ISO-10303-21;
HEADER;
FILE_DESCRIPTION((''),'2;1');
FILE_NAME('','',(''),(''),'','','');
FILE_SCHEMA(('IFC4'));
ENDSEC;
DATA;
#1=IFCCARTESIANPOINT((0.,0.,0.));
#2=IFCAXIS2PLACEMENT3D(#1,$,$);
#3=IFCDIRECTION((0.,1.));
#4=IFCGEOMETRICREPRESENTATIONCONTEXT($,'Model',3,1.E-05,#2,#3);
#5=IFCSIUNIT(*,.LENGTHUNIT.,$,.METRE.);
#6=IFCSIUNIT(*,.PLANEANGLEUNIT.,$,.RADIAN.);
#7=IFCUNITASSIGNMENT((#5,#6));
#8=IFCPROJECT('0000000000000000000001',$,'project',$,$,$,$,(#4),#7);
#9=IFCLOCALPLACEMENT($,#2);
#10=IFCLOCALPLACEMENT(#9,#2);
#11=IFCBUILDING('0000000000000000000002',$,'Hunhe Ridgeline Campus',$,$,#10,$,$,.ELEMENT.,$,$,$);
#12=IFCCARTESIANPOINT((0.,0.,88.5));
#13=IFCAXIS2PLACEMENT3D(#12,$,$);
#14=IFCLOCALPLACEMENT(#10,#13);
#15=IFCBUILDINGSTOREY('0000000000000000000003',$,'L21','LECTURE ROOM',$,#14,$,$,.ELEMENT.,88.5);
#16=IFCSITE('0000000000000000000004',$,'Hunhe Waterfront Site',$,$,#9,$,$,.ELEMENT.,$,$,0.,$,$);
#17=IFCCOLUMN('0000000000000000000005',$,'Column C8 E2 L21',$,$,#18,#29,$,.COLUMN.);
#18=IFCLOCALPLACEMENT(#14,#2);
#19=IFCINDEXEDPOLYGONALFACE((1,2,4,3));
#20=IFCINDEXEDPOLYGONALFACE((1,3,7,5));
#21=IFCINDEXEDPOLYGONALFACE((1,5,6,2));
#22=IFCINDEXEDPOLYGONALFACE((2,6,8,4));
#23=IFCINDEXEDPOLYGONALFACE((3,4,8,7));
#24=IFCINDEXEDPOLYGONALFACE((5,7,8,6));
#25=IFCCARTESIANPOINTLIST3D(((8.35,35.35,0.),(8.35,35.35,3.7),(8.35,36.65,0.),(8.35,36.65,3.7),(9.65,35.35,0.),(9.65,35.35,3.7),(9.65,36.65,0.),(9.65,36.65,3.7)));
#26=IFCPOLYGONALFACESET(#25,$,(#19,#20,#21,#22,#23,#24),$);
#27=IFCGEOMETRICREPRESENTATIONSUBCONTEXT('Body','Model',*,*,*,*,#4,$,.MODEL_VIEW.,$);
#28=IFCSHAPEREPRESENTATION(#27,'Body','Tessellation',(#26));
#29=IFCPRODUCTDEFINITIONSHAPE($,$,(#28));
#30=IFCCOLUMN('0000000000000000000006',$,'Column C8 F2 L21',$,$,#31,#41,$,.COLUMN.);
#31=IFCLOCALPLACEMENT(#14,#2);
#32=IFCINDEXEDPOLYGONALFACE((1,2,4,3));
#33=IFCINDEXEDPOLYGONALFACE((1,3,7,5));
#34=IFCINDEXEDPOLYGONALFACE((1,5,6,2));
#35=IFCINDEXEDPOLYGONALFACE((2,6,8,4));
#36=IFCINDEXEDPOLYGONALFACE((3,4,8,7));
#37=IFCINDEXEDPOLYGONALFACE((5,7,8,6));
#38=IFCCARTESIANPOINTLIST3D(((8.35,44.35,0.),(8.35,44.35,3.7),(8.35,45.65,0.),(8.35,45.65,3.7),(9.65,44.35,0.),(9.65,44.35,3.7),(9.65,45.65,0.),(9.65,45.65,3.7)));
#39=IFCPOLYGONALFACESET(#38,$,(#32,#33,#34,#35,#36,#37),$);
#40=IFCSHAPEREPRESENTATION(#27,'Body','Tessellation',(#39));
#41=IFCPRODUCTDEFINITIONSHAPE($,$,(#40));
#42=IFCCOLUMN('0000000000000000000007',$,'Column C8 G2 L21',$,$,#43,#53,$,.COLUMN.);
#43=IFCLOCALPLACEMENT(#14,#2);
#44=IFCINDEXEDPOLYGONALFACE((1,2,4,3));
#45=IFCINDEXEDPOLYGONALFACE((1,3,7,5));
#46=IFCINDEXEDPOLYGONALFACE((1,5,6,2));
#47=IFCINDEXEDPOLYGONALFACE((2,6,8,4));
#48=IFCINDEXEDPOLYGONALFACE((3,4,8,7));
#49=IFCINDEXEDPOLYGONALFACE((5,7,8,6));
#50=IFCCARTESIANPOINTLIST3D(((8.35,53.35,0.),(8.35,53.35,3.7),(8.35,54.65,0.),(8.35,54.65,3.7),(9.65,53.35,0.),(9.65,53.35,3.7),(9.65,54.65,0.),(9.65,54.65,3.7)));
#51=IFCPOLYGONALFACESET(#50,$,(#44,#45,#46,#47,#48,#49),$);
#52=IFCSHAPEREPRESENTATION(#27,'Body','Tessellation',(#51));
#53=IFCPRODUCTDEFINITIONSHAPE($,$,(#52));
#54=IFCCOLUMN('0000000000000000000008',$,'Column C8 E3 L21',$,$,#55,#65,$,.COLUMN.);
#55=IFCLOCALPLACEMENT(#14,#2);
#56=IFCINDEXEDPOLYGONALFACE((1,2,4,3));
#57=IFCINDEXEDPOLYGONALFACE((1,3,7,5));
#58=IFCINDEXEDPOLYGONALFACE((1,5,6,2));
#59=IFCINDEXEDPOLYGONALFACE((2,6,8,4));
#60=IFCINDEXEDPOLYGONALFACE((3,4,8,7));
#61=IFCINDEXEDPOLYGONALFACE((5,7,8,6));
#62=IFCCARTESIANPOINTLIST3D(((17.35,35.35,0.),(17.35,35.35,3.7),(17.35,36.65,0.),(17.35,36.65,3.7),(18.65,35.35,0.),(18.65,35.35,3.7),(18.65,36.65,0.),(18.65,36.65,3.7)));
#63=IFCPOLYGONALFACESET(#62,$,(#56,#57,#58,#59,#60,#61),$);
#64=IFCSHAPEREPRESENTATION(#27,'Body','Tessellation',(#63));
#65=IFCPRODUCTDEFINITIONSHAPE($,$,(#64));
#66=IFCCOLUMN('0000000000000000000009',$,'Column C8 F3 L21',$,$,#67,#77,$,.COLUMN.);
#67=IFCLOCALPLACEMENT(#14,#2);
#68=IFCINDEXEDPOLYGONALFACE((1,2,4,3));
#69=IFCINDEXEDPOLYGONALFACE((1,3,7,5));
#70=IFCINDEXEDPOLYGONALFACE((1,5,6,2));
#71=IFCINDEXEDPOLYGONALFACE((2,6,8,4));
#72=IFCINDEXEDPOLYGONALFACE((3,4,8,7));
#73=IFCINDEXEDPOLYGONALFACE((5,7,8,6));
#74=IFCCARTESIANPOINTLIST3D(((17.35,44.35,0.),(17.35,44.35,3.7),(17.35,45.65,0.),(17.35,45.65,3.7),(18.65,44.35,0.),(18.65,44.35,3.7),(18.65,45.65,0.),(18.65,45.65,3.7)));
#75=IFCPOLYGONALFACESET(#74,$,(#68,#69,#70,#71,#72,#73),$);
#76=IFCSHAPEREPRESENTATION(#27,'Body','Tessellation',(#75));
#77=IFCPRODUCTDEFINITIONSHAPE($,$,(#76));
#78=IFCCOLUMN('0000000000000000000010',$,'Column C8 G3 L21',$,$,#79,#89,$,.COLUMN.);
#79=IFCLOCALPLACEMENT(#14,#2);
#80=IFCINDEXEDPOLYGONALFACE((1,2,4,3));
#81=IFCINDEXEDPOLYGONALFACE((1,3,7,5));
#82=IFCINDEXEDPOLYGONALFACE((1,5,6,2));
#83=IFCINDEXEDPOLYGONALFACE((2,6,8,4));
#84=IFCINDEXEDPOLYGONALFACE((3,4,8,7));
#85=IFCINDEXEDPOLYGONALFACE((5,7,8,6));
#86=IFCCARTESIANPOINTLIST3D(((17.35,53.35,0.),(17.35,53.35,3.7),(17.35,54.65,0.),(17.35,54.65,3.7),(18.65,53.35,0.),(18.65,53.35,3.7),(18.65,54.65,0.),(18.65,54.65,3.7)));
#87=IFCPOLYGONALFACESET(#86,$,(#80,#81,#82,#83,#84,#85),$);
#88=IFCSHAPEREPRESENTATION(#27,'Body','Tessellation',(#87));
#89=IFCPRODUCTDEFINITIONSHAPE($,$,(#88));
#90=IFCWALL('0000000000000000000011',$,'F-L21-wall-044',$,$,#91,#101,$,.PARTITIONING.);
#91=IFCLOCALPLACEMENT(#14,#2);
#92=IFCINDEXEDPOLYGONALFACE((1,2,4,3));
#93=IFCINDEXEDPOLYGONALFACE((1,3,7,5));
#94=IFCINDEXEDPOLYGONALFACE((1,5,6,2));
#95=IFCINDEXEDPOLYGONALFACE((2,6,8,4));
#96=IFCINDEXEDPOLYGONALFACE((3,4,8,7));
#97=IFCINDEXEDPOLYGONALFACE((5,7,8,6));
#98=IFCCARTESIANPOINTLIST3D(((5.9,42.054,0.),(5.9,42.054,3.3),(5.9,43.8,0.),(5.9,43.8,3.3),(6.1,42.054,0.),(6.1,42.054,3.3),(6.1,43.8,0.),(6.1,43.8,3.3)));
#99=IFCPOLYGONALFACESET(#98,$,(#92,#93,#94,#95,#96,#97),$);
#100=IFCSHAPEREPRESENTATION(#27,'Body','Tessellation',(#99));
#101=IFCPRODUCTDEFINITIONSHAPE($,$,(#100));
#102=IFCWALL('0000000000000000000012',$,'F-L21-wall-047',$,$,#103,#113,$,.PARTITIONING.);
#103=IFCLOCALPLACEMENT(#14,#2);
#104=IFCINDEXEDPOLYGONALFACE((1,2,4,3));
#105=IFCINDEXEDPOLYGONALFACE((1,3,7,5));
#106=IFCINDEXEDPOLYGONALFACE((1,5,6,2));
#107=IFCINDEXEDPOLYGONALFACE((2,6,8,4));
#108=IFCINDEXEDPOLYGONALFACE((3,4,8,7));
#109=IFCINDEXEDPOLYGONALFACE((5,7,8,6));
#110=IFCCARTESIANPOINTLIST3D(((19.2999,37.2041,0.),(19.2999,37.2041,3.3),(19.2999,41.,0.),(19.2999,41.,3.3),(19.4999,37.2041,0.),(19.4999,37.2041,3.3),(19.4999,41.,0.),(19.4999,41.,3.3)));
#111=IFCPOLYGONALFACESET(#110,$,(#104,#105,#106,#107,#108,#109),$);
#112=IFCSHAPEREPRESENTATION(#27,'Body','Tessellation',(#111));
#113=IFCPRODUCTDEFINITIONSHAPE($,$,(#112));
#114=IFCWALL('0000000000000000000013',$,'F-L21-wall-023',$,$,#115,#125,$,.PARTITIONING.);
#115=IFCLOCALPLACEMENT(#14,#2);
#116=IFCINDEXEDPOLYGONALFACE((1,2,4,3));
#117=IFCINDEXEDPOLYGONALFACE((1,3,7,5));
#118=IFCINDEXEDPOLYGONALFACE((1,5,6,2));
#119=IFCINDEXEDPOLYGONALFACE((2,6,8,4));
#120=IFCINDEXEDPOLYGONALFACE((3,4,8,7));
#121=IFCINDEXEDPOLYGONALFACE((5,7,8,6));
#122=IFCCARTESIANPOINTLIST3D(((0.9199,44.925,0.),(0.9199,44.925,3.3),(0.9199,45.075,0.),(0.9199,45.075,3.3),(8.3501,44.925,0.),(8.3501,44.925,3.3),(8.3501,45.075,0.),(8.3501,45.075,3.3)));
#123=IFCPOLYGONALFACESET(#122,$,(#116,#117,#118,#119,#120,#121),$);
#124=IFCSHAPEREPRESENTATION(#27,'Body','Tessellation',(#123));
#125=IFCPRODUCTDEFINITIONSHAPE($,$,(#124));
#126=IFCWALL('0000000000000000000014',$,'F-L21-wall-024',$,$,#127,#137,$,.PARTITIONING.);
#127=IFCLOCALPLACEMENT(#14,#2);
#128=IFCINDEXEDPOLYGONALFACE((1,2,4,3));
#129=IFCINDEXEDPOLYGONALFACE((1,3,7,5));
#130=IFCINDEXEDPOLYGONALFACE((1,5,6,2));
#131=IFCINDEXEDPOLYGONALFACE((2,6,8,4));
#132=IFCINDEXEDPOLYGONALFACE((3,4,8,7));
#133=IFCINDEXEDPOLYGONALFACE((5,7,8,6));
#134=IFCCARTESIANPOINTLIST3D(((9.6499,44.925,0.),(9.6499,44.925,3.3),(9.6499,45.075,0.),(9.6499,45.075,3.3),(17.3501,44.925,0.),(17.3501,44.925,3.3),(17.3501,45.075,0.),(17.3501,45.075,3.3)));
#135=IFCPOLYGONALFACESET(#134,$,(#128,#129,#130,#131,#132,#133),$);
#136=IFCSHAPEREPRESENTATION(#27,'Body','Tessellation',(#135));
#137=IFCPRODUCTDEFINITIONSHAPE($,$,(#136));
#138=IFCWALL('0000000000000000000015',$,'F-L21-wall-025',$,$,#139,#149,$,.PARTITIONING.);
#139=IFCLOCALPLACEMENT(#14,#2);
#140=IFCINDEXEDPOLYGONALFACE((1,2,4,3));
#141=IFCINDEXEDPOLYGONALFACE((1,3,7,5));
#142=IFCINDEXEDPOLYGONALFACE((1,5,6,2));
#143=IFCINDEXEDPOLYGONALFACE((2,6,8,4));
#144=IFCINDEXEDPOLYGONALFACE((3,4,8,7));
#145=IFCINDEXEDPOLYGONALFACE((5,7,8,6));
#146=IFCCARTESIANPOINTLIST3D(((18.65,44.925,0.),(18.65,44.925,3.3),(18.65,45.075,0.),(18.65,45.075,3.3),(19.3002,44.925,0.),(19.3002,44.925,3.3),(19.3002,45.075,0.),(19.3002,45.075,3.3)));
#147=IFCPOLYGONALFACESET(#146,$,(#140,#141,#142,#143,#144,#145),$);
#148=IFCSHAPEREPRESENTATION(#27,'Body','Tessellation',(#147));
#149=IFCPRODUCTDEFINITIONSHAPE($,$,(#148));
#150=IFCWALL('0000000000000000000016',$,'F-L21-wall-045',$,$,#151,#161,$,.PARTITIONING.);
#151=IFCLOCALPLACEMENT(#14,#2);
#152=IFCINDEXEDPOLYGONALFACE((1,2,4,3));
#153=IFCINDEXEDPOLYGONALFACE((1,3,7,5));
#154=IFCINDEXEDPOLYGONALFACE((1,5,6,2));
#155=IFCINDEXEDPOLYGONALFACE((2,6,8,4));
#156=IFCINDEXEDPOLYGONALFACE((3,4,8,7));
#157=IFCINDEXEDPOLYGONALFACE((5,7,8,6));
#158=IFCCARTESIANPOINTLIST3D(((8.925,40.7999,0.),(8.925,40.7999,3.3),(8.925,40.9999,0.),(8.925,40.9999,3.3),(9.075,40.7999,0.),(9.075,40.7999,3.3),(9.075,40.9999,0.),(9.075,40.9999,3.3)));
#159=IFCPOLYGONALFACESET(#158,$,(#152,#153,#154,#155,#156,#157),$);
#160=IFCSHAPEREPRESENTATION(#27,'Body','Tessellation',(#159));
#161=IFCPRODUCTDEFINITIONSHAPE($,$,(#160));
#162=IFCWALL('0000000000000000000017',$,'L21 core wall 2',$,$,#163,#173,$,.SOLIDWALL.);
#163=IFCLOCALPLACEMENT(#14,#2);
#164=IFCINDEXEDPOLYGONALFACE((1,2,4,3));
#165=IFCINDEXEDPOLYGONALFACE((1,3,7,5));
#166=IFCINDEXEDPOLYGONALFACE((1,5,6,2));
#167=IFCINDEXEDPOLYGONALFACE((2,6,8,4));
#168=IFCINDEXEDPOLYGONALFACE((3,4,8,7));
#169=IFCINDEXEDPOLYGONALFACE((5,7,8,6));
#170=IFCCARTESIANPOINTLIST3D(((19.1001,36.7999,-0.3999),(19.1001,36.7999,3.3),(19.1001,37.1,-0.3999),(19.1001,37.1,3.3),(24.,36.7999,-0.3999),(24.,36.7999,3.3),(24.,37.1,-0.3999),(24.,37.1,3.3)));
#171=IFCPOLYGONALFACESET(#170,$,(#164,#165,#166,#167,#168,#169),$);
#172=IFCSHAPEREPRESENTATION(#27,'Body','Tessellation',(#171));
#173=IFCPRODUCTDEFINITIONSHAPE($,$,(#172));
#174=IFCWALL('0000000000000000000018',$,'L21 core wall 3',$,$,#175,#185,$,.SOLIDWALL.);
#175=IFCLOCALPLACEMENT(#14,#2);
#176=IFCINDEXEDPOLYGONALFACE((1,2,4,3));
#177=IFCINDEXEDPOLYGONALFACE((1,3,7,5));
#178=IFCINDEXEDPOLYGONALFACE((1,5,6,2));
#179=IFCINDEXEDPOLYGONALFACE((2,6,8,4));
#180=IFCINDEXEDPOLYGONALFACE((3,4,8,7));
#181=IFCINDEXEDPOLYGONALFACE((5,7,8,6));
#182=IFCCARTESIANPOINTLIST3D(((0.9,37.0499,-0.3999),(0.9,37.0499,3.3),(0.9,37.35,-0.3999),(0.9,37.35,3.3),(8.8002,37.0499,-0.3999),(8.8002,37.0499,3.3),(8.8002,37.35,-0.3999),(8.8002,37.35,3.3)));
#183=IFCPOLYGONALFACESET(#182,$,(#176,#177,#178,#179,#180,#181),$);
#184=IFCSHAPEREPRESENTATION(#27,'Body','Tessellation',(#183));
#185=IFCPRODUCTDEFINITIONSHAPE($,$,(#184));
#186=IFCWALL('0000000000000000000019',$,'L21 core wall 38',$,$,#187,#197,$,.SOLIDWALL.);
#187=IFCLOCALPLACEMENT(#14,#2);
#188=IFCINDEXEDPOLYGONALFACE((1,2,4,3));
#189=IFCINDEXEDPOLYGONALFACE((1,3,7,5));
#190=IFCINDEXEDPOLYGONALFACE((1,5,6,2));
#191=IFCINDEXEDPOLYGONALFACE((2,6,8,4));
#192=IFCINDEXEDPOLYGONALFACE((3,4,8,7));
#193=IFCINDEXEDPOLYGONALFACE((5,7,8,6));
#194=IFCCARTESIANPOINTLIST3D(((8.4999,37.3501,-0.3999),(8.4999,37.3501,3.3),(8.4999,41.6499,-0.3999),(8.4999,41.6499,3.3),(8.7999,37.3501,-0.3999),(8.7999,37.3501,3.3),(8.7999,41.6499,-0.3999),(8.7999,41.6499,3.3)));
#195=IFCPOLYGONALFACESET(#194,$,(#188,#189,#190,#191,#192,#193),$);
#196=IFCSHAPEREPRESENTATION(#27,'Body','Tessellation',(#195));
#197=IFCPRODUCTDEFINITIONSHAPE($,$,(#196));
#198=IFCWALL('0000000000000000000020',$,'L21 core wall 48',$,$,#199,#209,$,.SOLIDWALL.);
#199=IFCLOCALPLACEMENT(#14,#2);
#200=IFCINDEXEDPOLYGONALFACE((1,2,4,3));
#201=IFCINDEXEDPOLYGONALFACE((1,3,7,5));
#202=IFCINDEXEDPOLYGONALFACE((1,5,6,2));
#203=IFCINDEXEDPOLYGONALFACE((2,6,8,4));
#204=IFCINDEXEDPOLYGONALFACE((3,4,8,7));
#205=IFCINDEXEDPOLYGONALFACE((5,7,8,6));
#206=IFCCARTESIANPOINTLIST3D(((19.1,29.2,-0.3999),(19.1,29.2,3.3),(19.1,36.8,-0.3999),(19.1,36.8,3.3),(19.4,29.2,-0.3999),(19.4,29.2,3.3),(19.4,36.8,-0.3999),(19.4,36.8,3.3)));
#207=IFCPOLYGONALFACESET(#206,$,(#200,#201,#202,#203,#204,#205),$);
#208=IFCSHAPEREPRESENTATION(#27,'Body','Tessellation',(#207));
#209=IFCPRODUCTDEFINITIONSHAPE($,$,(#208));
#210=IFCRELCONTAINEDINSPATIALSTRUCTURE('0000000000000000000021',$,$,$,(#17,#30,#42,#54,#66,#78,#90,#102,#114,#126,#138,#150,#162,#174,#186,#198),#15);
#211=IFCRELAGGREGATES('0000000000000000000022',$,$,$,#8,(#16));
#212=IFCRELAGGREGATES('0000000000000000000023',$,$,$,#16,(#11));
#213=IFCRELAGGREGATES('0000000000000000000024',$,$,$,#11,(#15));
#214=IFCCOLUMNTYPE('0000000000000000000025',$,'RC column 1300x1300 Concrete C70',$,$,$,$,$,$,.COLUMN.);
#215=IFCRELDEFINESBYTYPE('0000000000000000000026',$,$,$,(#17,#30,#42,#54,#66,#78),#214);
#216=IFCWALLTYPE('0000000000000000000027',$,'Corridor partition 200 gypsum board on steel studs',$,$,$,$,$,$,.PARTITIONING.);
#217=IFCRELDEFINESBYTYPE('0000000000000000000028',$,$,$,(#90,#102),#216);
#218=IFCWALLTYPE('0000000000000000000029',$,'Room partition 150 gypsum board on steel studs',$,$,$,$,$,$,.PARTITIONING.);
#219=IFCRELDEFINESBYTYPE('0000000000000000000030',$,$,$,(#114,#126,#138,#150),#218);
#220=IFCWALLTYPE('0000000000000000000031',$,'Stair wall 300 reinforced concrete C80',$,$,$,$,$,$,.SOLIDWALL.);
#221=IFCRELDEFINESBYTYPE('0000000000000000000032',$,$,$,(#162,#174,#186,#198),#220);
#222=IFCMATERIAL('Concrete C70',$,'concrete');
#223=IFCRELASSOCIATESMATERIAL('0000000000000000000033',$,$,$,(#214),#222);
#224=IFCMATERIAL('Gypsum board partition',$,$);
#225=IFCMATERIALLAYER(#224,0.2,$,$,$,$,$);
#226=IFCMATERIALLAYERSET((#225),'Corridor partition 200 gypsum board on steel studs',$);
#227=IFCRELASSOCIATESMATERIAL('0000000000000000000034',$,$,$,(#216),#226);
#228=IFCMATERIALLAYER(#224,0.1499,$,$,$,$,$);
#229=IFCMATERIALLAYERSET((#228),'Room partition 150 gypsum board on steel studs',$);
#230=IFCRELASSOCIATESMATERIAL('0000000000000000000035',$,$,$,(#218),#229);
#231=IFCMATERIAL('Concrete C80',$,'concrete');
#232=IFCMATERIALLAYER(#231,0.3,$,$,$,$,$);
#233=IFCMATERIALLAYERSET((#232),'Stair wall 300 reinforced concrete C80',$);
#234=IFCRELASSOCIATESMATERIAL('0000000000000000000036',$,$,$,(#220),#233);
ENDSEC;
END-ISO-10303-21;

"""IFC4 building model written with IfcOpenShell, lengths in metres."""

from ifc_helpers import new_model, si_unit, direction, frame, frame_2d, origin, origin_2d, place, context, subcontext, project, spatial, rectangle, extrude, material, layer, layer_set, material_profile, profile_set, type_object, element, save


model = new_model("IFC4")

# Units and contexts
model_context = context("Model", 3, precision=1e-05, world=origin(), true_north=direction((0.0, 1.0)))
body_context = subcontext(model_context, "Body", "Model", "MODEL_VIEW")
ifc_project = project(units=[si_unit("LENGTHUNIT", "METRE"), si_unit("PLANEANGLEUNIT", "RADIAN")], contexts=[model_context])

# Site, building, storey
site_placement = place(None, origin())
site = spatial("IfcSite", under=ifc_project, at=site_placement, Name="Hunhe Waterfront Site", CompositionType="ELEMENT", RefElevation=0.0)
building_placement = place(site_placement, origin())
building = spatial("IfcBuilding", under=site, at=building_placement, Name="Hunhe Ridgeline Campus", CompositionType="ELEMENT")
storey_placement = place(building_placement, frame((0.0, 0.0, 88.5)))
storey = spatial("IfcBuildingStorey", under=building, at=storey_placement, Name="L21", Description="LECTURE ROOM", CompositionType="ELEMENT", Elevation=88.5)

# Columns
ifc_material_1 = material(Name="Concrete C70", Category="concrete")
ifc_material_profile = material_profile(ifc_material_1, rectangle(XDim=1.3, YDim=1.3, at=origin_2d()))
ifc_profile_set = profile_set([ifc_material_profile], Name="Concrete C70")
column_type = type_object("IfcColumnType", Name="RC column 1300x1300 Concrete C70", PredefinedType="COLUMN", material=ifc_profile_set)
for number, where, z_axis, x_axis, name in (
    (1, (9.0, 36.0, 0.0), (0.0, 0.0, 1.0), (1.0, 0.0, 0.0), "Column C8 E2 L21"),
    (2, (9.0, 45.0, 0.0), (0.0, 0.0, 1.0), (1.0, 0.0, 0.0), "Column C8 F2 L21"),
    (3, (9.0, 54.0, 0.0), (0.0, 0.0, 1.0), (1.0, 0.0, 0.0), "Column C8 G2 L21"),
    (4, (18.0, 36.0, 0.0), (0.0, 0.0, 1.0), (1.0, 0.0, 0.0), "Column C8 E3 L21"),
    (5, (18.0, 45.0, 0.0), (0.0, 0.0, 1.0), (1.0, 0.0, 0.0), "Column C8 F3 L21"),
    (6, (18.0, 54.0, 0.0), (0.0, 0.0, 1.0), (1.0, 0.0, 0.0), "Column C8 G3 L21"),
):
    element("IfcColumn", number, at=place(storey_placement, frame(where, z_axis=z_axis, x_axis=x_axis)), inside=storey, type_object=column_type, Name=name, PredefinedType="COLUMN", context=body_context, shape_type="SweptSolid", body=[
        extrude(rectangle(XDim=1.3, YDim=1.3, at=origin_2d()), origin(), (0.0, 0.0, 1.0), 3.7),
    ])

# Shared definitions
ifc_material_2 = material(Name="Gypsum board partition")
ifc_layer_1 = layer(ifc_material_2, 0.2)
ifc_layer_set_1 = layer_set([ifc_layer_1], Name="Corridor partition 200 gypsum board on steel studs")
wall_type_1 = type_object("IfcWallType", Name="Corridor partition 200 gypsum board on steel studs", PredefinedType="PARTITIONING", material=ifc_layer_set_1)

# Walls
wall_1_placement = place(storey_placement, frame((6.0, 42.054, 0.0), z_axis=(0.0, 0.0, 1.0), x_axis=(0.0, 1.0, 0.0)))
element("IfcWall", 7, at=wall_1_placement, inside=storey, type_object=wall_type_1, Name="F-L21-wall-044", PredefinedType="PARTITIONING", context=body_context, shape_type="SweptSolid", body=[
    extrude(rectangle(XDim=1.7461, YDim=0.2, at=frame_2d((0.873, 0.0))), origin(), (0.0, 0.0, 1.0), 3.3),
])
wall_2_placement = place(storey_placement, frame((19.3999, 37.2041, 0.0), z_axis=(0.0, 0.0, 1.0), x_axis=(0.0, 1.0, 0.0)))
element("IfcWall", 8, at=wall_2_placement, inside=storey, type_object=wall_type_1, Name="F-L21-wall-047", PredefinedType="PARTITIONING", context=body_context, shape_type="SweptSolid", body=[
    extrude(rectangle(XDim=3.7959, YDim=0.2, at=frame_2d((1.8979, 0.0))), origin(), (0.0, 0.0, 1.0), 3.3),
])

# Walls
ifc_layer_2 = layer(ifc_material_2, 0.1499)
ifc_layer_set_2 = layer_set([ifc_layer_2], Name="Room partition 150 gypsum board on steel studs")
wall_type_2 = type_object("IfcWallType", Name="Room partition 150 gypsum board on steel studs", PredefinedType="PARTITIONING", material=ifc_layer_set_2)
wall_3_placement = place(storey_placement, frame((0.9199, 45.0, 0.0), z_axis=(0.0, 0.0, 1.0), x_axis=(1.0, 0.0, 0.0)))
element("IfcWall", 9, at=wall_3_placement, inside=storey, type_object=wall_type_2, Name="F-L21-wall-023", PredefinedType="PARTITIONING", context=body_context, shape_type="SweptSolid", body=[
    extrude(rectangle(XDim=7.4302, YDim=0.1499, at=frame_2d((3.7151, 0.0))), origin(), (0.0, 0.0, 1.0), 3.3),
])
wall_4_placement = place(storey_placement, frame((9.6499, 45.0, 0.0), z_axis=(0.0, 0.0, 1.0), x_axis=(1.0, 0.0, 0.0)))
element("IfcWall", 10, at=wall_4_placement, inside=storey, type_object=wall_type_2, Name="F-L21-wall-024", PredefinedType="PARTITIONING", context=body_context, shape_type="SweptSolid", body=[
    extrude(rectangle(XDim=7.7002, YDim=0.1499, at=frame_2d((3.8501, 0.0))), origin(), (0.0, 0.0, 1.0), 3.3),
])
wall_5_placement = place(storey_placement, frame((18.6499, 45.0, 0.0), z_axis=(0.0, 0.0, 1.0), x_axis=(1.0, 0.0, 0.0)))
element("IfcWall", 11, at=wall_5_placement, inside=storey, type_object=wall_type_2, Name="F-L21-wall-025", PredefinedType="PARTITIONING", context=body_context, shape_type="SweptSolid", body=[
    extrude(rectangle(XDim=0.6501, YDim=0.1499, at=frame_2d((0.3252, 0.0))), origin(), (0.0, 0.0, 1.0), 3.3),
])
wall_6_placement = place(storey_placement, frame((9.0, 41.0, 0.0), z_axis=(0.0, 0.0, 1.0), x_axis=(0.0, -1.0, 0.0)))
element("IfcWall", 12, at=wall_6_placement, inside=storey, type_object=wall_type_2, Name="F-L21-wall-045", PredefinedType="PARTITIONING", context=body_context, shape_type="SweptSolid", body=[
    extrude(rectangle(XDim=0.2, YDim=0.1499, at=frame_2d((0.1001, 0.0))), origin(), (0.0, 0.0, 1.0), 3.3),
])
ifc_material_3 = material(Name="Concrete C80", Category="concrete")
ifc_layer_3 = layer(ifc_material_3, 0.3)
ifc_layer_set_3 = layer_set([ifc_layer_3], Name="Stair wall 300 reinforced concrete C80")
wall_type_3 = type_object("IfcWallType", Name="Stair wall 300 reinforced concrete C80", PredefinedType="SOLIDWALL", material=ifc_layer_set_3)
wall_7_placement = place(storey_placement, frame((19.1001, 36.95, -0.3999), z_axis=(0.0, 0.0, 1.0), x_axis=(1.0, 0.0, 0.0)))
element("IfcWall", 13, at=wall_7_placement, inside=storey, type_object=wall_type_3, Name="L21 core wall 2", PredefinedType="SOLIDWALL", context=body_context, shape_type="SweptSolid", body=[
    extrude(rectangle(XDim=4.8999, YDim=0.3, at=frame_2d((2.45, 0.0))), origin(), (0.0, 0.0, 1.0), 3.7),
])
wall_8_placement = place(storey_placement, frame((0.8999, 37.2, -0.3999), z_axis=(0.0, 0.0, 1.0), x_axis=(1.0, 0.0, 0.0)))
element("IfcWall", 14, at=wall_8_placement, inside=storey, type_object=wall_type_3, Name="L21 core wall 3", PredefinedType="SOLIDWALL", context=body_context, shape_type="SweptSolid", body=[
    extrude(rectangle(XDim=7.9001, YDim=0.3, at=frame_2d((3.9502, 0.0))), origin(), (0.0, 0.0, 1.0), 3.7),
])

# Walls
wall_9_placement = place(storey_placement, frame((8.6499, 37.3501, -0.3999), z_axis=(0.0, 0.0, 1.0), x_axis=(0.0, 1.0, 0.0)))
element("IfcWall", 15, at=wall_9_placement, inside=storey, type_object=wall_type_3, Name="L21 core wall 38", PredefinedType="SOLIDWALL", context=body_context, shape_type="SweptSolid", body=[
    extrude(rectangle(XDim=4.2998, YDim=0.3, at=frame_2d((2.1499, 0.0))), origin(), (0.0, 0.0, 1.0), 3.7),
])
wall_10_placement = place(storey_placement, frame((19.25, 29.2, -0.3999), z_axis=(0.0, 0.0, 1.0), x_axis=(0.0, 1.0, 0.0)))
element("IfcWall", 16, at=wall_10_placement, inside=storey, type_object=wall_type_3, Name="L21 core wall 48", PredefinedType="SOLIDWALL", context=body_context, shape_type="SweptSolid", body=[
    extrude(rectangle(XDim=7.6001, YDim=0.3, at=frame_2d((3.8, 0.0))), origin(), (0.0, 0.0, 1.0), 3.7),
])

save(model, "model.ifc")
